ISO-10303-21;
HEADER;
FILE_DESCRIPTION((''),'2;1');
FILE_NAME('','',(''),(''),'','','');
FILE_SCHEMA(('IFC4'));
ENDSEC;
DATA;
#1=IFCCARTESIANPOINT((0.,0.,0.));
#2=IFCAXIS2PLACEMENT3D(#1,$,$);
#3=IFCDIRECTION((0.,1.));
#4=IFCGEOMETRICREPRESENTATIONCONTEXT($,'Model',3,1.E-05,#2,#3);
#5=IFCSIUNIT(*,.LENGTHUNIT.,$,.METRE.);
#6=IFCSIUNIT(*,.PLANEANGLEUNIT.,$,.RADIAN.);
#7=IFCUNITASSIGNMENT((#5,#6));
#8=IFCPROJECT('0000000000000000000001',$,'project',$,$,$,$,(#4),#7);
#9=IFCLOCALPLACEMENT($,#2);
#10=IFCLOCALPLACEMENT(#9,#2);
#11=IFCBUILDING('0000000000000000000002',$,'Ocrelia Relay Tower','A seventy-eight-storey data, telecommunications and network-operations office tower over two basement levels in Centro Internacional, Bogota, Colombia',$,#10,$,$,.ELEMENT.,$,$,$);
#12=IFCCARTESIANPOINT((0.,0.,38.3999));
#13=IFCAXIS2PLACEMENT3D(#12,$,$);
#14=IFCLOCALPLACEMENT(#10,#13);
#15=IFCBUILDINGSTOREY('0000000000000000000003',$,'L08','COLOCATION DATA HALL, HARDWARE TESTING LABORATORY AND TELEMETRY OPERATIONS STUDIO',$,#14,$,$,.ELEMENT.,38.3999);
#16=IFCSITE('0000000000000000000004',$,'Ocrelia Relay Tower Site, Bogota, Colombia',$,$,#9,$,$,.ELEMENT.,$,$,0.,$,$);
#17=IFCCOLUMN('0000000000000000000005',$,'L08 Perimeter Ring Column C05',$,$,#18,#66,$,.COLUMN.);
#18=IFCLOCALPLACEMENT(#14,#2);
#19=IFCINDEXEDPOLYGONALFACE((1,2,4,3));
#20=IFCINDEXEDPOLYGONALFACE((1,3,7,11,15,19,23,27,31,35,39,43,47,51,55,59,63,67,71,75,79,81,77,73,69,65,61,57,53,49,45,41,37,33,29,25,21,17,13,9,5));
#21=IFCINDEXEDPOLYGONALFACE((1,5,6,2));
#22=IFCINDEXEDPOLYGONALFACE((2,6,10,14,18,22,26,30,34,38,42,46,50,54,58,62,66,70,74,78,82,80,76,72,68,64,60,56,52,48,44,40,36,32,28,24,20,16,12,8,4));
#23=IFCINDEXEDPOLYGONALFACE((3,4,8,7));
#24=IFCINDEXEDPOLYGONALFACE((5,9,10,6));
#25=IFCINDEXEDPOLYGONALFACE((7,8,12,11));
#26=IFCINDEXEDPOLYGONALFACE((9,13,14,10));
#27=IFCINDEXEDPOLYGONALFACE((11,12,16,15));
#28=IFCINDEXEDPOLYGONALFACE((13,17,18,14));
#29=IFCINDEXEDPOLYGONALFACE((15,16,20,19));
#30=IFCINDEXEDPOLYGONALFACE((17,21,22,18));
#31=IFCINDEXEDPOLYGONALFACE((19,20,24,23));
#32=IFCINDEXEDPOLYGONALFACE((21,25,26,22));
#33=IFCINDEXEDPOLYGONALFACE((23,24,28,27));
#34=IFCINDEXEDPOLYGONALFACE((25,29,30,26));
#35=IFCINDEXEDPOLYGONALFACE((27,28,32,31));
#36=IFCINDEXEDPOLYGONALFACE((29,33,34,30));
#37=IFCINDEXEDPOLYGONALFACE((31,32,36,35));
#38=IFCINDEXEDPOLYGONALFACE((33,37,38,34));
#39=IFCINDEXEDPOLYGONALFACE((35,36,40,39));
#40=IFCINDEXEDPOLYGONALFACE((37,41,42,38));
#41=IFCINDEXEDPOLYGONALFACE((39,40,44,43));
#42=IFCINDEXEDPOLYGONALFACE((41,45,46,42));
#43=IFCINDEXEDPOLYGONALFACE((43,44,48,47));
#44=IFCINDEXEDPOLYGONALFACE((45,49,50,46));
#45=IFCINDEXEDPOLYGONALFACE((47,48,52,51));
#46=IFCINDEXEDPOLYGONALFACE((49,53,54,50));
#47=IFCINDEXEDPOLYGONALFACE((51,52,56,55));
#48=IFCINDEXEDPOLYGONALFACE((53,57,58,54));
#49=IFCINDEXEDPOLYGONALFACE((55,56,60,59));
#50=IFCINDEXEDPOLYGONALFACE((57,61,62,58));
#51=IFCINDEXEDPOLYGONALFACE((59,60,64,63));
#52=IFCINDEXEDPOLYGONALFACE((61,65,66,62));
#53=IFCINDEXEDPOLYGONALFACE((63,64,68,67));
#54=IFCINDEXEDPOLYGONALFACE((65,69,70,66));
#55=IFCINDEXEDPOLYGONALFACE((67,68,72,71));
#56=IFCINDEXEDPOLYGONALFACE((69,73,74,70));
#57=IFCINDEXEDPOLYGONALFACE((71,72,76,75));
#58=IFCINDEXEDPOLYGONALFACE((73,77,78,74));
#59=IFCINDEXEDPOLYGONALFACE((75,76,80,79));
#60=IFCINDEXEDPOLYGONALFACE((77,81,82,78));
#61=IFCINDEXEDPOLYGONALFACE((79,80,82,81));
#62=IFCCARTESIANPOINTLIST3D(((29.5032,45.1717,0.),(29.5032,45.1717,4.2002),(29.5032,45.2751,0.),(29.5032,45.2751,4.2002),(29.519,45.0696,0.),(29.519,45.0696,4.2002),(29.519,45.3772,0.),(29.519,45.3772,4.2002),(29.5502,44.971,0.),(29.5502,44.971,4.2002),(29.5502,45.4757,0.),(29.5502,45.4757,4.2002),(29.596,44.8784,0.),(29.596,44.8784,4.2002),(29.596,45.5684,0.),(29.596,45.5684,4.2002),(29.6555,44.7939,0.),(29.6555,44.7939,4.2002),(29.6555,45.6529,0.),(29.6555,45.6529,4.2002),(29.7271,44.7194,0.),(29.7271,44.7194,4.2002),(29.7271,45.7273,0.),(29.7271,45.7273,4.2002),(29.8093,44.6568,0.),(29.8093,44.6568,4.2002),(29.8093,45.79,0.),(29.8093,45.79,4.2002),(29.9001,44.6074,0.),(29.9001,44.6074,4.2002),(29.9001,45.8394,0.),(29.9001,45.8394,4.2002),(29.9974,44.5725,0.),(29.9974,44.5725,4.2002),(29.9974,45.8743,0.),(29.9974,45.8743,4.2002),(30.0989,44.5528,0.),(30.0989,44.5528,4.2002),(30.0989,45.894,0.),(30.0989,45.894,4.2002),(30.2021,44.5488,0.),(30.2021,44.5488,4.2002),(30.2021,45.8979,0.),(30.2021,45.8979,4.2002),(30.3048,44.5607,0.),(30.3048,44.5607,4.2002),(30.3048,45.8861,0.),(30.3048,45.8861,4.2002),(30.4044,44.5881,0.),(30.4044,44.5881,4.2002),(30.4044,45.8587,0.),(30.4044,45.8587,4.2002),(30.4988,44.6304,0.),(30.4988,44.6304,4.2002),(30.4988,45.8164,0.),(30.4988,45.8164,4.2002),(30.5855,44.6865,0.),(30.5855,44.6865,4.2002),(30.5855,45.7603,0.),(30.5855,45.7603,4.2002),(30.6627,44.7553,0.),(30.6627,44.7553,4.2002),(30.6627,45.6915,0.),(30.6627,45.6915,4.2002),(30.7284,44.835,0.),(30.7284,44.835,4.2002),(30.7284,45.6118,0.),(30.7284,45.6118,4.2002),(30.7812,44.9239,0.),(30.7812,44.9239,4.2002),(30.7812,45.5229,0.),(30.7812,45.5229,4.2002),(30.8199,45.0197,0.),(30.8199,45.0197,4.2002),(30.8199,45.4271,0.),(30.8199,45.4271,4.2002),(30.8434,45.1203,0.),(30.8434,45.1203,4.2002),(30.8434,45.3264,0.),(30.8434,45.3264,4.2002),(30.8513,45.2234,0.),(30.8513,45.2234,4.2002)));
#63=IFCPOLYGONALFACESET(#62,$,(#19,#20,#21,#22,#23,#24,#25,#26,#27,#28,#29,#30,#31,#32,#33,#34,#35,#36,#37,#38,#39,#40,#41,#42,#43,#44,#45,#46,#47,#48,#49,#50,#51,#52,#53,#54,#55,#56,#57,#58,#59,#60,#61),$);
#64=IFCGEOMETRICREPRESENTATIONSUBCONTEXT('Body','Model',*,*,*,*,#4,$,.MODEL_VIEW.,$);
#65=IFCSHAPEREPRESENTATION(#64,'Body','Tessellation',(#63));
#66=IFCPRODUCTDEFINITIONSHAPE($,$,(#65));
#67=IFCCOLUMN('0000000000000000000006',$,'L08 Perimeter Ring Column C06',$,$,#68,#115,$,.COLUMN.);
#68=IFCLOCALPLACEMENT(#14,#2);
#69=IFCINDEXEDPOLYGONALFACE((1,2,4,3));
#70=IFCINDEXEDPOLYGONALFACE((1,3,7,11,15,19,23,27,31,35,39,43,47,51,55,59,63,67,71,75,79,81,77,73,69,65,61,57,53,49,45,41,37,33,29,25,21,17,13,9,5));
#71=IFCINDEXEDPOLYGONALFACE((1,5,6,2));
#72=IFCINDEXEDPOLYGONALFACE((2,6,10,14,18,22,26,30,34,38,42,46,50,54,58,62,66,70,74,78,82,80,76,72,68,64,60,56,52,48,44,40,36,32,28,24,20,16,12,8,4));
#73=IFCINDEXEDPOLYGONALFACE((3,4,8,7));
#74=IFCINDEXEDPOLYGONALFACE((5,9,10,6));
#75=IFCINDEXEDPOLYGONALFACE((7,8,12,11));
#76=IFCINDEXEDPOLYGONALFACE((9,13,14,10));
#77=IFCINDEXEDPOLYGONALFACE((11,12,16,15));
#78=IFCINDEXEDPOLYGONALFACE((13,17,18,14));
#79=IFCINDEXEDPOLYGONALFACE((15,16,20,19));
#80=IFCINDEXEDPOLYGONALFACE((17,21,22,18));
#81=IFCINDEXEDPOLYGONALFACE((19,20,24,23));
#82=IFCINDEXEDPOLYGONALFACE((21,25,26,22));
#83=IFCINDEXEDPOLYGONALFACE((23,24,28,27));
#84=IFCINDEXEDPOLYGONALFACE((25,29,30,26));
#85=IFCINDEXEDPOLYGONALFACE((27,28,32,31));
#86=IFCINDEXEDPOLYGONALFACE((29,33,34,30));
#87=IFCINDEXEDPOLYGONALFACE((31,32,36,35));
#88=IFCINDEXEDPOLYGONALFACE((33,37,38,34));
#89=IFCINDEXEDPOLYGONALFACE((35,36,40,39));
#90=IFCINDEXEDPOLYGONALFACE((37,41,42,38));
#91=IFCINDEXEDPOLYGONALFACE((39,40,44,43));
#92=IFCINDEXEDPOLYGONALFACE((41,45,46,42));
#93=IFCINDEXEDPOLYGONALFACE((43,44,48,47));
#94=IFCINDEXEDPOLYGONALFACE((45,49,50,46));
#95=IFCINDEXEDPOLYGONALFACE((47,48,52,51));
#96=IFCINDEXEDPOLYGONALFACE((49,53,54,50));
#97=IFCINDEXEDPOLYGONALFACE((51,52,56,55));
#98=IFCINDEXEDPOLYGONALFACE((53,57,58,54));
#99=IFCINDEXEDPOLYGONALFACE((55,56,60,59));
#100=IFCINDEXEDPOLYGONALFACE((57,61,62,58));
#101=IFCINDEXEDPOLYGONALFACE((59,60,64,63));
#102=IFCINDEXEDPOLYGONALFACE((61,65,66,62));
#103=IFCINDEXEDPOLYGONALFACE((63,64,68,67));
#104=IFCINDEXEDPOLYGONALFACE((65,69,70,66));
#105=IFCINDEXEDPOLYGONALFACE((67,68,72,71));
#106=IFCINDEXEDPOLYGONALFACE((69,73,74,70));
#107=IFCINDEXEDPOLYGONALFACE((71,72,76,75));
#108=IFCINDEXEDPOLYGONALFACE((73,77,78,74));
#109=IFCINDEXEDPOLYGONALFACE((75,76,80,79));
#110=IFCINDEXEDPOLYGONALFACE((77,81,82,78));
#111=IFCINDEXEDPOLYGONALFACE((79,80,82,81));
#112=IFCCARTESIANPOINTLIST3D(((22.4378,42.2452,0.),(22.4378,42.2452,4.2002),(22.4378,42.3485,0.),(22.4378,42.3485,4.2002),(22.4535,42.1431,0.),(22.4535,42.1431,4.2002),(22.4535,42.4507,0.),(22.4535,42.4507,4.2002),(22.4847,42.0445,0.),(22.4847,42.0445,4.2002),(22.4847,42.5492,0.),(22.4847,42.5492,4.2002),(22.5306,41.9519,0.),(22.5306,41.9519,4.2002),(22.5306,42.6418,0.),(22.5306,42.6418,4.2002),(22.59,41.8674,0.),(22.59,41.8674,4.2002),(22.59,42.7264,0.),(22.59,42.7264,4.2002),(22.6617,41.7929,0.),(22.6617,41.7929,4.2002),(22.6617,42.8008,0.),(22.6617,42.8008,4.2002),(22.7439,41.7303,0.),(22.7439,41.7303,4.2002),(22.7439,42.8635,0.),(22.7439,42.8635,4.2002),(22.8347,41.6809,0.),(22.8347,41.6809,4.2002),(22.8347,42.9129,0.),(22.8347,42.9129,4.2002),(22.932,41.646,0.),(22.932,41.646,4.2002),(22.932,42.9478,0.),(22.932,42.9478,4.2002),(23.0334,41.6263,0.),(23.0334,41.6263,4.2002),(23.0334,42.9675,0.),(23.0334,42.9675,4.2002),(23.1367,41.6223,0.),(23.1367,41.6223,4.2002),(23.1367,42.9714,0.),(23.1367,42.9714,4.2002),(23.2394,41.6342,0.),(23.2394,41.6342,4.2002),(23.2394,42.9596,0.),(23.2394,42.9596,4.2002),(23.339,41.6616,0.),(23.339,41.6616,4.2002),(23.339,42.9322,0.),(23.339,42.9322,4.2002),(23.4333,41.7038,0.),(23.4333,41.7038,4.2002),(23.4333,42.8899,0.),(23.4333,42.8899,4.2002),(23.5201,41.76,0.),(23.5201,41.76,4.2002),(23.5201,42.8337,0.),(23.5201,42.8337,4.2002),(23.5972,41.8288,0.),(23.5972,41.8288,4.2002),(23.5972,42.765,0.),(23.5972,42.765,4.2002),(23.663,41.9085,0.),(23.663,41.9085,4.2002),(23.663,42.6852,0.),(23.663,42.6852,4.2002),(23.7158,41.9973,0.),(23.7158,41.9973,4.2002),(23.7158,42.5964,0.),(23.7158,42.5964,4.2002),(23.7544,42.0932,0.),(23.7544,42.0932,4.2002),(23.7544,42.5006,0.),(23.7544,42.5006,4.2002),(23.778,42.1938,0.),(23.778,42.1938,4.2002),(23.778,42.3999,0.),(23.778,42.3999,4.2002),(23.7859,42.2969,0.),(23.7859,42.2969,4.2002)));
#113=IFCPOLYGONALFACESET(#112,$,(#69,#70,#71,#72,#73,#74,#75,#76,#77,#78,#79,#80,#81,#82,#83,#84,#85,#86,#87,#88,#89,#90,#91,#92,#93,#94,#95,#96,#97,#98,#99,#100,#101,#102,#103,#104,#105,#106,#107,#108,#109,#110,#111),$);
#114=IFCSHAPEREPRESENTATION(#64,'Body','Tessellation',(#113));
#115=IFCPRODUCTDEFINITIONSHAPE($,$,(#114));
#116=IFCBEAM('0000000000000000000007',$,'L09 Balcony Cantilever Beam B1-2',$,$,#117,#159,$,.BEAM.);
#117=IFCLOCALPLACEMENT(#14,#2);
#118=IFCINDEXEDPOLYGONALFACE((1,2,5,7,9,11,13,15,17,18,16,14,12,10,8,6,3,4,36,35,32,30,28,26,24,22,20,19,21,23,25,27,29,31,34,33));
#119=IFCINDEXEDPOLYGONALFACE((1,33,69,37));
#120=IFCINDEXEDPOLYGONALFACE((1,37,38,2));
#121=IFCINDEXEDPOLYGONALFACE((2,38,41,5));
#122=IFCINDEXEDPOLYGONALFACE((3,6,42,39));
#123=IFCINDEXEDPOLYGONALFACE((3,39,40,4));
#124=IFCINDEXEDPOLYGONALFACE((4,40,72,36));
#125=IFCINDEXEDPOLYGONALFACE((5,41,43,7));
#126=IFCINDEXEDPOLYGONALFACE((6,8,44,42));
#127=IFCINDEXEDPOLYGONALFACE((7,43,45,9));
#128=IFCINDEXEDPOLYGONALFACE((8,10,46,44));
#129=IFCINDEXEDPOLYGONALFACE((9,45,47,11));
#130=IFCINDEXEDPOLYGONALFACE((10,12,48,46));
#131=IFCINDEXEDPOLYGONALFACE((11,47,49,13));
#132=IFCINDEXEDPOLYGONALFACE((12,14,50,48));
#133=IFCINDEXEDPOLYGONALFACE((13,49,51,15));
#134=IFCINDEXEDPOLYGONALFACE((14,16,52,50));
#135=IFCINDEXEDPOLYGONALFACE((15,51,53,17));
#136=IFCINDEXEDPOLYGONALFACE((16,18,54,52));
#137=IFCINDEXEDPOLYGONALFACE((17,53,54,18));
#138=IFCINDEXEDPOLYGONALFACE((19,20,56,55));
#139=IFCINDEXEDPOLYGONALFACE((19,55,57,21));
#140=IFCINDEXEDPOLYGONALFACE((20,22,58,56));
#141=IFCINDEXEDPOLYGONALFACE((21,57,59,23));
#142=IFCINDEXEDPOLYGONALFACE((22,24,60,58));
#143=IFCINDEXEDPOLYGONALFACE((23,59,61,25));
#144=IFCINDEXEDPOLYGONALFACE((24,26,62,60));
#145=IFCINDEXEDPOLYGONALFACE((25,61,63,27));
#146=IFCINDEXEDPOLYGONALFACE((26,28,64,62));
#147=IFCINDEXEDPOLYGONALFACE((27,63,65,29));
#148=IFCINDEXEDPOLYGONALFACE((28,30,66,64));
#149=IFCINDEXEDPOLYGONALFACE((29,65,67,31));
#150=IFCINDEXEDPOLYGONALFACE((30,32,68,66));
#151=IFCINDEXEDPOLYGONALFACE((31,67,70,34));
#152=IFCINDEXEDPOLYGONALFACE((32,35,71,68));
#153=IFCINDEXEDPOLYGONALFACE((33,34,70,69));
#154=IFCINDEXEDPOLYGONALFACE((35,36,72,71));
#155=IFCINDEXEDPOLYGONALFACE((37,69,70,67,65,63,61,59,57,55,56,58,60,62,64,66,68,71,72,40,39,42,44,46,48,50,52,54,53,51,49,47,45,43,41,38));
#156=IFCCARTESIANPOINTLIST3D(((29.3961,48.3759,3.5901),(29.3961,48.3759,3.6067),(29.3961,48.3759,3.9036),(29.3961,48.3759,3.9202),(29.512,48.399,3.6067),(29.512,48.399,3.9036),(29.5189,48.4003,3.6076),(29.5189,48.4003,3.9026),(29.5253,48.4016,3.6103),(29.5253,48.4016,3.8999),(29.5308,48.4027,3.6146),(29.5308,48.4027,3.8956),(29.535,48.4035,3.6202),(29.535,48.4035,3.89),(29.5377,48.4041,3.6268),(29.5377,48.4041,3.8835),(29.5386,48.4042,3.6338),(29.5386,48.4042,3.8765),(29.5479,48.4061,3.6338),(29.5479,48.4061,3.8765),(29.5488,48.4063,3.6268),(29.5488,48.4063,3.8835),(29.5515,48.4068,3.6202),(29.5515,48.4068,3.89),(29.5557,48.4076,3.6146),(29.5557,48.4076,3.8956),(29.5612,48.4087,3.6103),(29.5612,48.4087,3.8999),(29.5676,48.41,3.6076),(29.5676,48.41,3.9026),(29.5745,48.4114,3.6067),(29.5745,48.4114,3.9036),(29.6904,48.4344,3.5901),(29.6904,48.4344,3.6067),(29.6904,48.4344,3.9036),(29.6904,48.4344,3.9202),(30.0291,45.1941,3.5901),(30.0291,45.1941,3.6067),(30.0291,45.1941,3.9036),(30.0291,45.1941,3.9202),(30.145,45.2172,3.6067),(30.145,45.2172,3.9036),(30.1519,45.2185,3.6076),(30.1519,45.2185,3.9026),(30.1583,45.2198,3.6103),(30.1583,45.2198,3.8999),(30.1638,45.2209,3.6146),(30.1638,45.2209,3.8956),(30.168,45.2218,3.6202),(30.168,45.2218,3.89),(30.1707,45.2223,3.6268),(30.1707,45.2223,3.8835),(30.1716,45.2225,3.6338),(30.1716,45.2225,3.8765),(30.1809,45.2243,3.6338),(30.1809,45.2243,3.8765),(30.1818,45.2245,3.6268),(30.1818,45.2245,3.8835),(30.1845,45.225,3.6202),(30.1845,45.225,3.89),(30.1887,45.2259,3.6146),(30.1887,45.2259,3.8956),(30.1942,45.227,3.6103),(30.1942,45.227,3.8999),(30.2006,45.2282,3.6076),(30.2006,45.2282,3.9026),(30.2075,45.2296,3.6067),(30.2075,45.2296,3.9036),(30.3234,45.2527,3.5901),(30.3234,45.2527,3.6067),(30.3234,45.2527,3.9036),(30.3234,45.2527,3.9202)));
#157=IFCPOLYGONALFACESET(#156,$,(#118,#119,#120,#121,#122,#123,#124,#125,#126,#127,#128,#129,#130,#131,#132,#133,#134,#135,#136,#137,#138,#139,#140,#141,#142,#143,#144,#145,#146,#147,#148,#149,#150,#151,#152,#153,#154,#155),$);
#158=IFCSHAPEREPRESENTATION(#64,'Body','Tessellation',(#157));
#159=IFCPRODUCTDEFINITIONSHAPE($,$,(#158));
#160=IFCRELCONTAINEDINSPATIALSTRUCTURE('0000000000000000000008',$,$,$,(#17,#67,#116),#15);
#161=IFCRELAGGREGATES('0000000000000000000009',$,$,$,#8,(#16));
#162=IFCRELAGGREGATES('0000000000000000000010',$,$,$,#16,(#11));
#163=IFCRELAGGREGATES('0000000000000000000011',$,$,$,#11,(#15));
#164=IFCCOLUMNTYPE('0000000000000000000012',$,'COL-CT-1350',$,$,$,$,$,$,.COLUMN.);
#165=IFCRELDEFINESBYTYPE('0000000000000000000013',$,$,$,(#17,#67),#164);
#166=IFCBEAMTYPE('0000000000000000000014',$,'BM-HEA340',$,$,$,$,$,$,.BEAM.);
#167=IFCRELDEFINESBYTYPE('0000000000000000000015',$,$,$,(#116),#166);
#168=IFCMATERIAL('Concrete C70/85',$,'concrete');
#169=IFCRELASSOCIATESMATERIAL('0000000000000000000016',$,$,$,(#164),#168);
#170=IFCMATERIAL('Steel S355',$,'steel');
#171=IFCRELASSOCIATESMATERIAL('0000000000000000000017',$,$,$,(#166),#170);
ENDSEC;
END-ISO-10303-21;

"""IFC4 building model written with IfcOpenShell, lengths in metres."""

from ifc_helpers import new_model, si_unit, direction, frame, origin, origin_2d, place, context, subcontext, project, spatial, circle, i_section, extrude, material, material_profile, profile_set, type_object, element, save


model = new_model("IFC4")

# Units and contexts
model_context = context("Model", 3, precision=1e-05, world=origin(), true_north=direction((0.0, 1.0)))
body_context = subcontext(model_context, "Body", "Model", "MODEL_VIEW")
ifc_project = project(units=[si_unit("LENGTHUNIT", "METRE"), si_unit("PLANEANGLEUNIT", "RADIAN")], contexts=[model_context])

# Site, building, storey
site_placement = place(None, origin())
site = spatial("IfcSite", under=ifc_project, at=site_placement, Name="Ocrelia Relay Tower Site, Bogota, Colombia", CompositionType="ELEMENT", RefElevation=0.0)
building_placement = place(site_placement, origin())
building = spatial("IfcBuilding", under=site, at=building_placement, Name="Ocrelia Relay Tower", Description="A seventy-eight-storey data, telecommunications and network-operations office tower over two basement levels in Centro Internacional, Bogota, Colombia", CompositionType="ELEMENT")
storey_placement = place(building_placement, frame((0.0, 0.0, 38.3999)))
storey = spatial("IfcBuildingStorey", under=building, at=storey_placement, Name="L08", Description="COLOCATION DATA HALL, HARDWARE TESTING LABORATORY AND TELEMETRY OPERATIONS STUDIO", CompositionType="ELEMENT", Elevation=38.3999)

# Columns
ifc_material_1 = material(Name="Concrete C70/85", Category="concrete")
ifc_material_profile_1 = material_profile(ifc_material_1, circle(Radius=0.675, at=origin_2d()), Name="RC-CIR-1350")
ifc_profile_set_1 = profile_set([ifc_material_profile_1], Name="Concrete C70/85")
column_type = type_object("IfcColumnType", Name="COL-CT-1350", PredefinedType="COLUMN", material=ifc_profile_set_1)
for number, where, z_axis, x_axis, name in (
    (1, (30.1763, 45.2234, 0.0), (0.0, 0.0, 1.0), (1.0, 0.0, 0.0), "L08 Perimeter Ring Column C05"),
    (2, (23.1108, 42.2969, 0.0), (0.0, 0.0, 1.0), (1.0, 0.0, 0.0), "L08 Perimeter Ring Column C06"),
):
    element("IfcColumn", number, at=place(storey_placement, frame(where, z_axis=z_axis, x_axis=x_axis)), inside=storey, type_object=column_type, Name=name, PredefinedType="COLUMN", context=body_context, shape_type="SweptSolid", body=[
        extrude(circle(Radius=0.675, at=origin_2d()), origin(), (0.0, 0.0, 1.0), 4.2002),
    ])

# Beam
ifc_material_2 = material(Name="Steel S355", Category="steel")
ifc_material_profile_2 = material_profile(ifc_material_2, i_section(OverallWidth=0.3, OverallDepth=0.3301, WebThickness=0.0095, FlangeThickness=0.0166, FilletRadius=0.0271, at=origin_2d()), Name="HEA 340")
ifc_profile_set_2 = profile_set([ifc_material_profile_2], Name="Steel S355")
beam_type_1 = type_object("IfcBeamType", Name="BM-HEA340", PredefinedType="BEAM", material=ifc_profile_set_2)
beam_1_placement = place(storey_placement, frame((30.1763, 45.2234, 3.7551), z_axis=(-0.195132, 0.980777, 0.0), x_axis=(-0.980777, -0.195132, 0.0)))
element("IfcBeam", 3, at=beam_1_placement, inside=storey, type_object=beam_type_1, Name="L09 Balcony Cantilever Beam B1-2", PredefinedType="BEAM", context=body_context, shape_type="SweptSolid", body=[
    extrude(i_section(OverallWidth=0.3, OverallDepth=0.3301, WebThickness=0.0095, FlangeThickness=0.0166, FilletRadius=0.0271, at=origin_2d()), origin(), (0.0, 0.0, 1.0), 3.2441),
])

save(model, "model.ifc")
